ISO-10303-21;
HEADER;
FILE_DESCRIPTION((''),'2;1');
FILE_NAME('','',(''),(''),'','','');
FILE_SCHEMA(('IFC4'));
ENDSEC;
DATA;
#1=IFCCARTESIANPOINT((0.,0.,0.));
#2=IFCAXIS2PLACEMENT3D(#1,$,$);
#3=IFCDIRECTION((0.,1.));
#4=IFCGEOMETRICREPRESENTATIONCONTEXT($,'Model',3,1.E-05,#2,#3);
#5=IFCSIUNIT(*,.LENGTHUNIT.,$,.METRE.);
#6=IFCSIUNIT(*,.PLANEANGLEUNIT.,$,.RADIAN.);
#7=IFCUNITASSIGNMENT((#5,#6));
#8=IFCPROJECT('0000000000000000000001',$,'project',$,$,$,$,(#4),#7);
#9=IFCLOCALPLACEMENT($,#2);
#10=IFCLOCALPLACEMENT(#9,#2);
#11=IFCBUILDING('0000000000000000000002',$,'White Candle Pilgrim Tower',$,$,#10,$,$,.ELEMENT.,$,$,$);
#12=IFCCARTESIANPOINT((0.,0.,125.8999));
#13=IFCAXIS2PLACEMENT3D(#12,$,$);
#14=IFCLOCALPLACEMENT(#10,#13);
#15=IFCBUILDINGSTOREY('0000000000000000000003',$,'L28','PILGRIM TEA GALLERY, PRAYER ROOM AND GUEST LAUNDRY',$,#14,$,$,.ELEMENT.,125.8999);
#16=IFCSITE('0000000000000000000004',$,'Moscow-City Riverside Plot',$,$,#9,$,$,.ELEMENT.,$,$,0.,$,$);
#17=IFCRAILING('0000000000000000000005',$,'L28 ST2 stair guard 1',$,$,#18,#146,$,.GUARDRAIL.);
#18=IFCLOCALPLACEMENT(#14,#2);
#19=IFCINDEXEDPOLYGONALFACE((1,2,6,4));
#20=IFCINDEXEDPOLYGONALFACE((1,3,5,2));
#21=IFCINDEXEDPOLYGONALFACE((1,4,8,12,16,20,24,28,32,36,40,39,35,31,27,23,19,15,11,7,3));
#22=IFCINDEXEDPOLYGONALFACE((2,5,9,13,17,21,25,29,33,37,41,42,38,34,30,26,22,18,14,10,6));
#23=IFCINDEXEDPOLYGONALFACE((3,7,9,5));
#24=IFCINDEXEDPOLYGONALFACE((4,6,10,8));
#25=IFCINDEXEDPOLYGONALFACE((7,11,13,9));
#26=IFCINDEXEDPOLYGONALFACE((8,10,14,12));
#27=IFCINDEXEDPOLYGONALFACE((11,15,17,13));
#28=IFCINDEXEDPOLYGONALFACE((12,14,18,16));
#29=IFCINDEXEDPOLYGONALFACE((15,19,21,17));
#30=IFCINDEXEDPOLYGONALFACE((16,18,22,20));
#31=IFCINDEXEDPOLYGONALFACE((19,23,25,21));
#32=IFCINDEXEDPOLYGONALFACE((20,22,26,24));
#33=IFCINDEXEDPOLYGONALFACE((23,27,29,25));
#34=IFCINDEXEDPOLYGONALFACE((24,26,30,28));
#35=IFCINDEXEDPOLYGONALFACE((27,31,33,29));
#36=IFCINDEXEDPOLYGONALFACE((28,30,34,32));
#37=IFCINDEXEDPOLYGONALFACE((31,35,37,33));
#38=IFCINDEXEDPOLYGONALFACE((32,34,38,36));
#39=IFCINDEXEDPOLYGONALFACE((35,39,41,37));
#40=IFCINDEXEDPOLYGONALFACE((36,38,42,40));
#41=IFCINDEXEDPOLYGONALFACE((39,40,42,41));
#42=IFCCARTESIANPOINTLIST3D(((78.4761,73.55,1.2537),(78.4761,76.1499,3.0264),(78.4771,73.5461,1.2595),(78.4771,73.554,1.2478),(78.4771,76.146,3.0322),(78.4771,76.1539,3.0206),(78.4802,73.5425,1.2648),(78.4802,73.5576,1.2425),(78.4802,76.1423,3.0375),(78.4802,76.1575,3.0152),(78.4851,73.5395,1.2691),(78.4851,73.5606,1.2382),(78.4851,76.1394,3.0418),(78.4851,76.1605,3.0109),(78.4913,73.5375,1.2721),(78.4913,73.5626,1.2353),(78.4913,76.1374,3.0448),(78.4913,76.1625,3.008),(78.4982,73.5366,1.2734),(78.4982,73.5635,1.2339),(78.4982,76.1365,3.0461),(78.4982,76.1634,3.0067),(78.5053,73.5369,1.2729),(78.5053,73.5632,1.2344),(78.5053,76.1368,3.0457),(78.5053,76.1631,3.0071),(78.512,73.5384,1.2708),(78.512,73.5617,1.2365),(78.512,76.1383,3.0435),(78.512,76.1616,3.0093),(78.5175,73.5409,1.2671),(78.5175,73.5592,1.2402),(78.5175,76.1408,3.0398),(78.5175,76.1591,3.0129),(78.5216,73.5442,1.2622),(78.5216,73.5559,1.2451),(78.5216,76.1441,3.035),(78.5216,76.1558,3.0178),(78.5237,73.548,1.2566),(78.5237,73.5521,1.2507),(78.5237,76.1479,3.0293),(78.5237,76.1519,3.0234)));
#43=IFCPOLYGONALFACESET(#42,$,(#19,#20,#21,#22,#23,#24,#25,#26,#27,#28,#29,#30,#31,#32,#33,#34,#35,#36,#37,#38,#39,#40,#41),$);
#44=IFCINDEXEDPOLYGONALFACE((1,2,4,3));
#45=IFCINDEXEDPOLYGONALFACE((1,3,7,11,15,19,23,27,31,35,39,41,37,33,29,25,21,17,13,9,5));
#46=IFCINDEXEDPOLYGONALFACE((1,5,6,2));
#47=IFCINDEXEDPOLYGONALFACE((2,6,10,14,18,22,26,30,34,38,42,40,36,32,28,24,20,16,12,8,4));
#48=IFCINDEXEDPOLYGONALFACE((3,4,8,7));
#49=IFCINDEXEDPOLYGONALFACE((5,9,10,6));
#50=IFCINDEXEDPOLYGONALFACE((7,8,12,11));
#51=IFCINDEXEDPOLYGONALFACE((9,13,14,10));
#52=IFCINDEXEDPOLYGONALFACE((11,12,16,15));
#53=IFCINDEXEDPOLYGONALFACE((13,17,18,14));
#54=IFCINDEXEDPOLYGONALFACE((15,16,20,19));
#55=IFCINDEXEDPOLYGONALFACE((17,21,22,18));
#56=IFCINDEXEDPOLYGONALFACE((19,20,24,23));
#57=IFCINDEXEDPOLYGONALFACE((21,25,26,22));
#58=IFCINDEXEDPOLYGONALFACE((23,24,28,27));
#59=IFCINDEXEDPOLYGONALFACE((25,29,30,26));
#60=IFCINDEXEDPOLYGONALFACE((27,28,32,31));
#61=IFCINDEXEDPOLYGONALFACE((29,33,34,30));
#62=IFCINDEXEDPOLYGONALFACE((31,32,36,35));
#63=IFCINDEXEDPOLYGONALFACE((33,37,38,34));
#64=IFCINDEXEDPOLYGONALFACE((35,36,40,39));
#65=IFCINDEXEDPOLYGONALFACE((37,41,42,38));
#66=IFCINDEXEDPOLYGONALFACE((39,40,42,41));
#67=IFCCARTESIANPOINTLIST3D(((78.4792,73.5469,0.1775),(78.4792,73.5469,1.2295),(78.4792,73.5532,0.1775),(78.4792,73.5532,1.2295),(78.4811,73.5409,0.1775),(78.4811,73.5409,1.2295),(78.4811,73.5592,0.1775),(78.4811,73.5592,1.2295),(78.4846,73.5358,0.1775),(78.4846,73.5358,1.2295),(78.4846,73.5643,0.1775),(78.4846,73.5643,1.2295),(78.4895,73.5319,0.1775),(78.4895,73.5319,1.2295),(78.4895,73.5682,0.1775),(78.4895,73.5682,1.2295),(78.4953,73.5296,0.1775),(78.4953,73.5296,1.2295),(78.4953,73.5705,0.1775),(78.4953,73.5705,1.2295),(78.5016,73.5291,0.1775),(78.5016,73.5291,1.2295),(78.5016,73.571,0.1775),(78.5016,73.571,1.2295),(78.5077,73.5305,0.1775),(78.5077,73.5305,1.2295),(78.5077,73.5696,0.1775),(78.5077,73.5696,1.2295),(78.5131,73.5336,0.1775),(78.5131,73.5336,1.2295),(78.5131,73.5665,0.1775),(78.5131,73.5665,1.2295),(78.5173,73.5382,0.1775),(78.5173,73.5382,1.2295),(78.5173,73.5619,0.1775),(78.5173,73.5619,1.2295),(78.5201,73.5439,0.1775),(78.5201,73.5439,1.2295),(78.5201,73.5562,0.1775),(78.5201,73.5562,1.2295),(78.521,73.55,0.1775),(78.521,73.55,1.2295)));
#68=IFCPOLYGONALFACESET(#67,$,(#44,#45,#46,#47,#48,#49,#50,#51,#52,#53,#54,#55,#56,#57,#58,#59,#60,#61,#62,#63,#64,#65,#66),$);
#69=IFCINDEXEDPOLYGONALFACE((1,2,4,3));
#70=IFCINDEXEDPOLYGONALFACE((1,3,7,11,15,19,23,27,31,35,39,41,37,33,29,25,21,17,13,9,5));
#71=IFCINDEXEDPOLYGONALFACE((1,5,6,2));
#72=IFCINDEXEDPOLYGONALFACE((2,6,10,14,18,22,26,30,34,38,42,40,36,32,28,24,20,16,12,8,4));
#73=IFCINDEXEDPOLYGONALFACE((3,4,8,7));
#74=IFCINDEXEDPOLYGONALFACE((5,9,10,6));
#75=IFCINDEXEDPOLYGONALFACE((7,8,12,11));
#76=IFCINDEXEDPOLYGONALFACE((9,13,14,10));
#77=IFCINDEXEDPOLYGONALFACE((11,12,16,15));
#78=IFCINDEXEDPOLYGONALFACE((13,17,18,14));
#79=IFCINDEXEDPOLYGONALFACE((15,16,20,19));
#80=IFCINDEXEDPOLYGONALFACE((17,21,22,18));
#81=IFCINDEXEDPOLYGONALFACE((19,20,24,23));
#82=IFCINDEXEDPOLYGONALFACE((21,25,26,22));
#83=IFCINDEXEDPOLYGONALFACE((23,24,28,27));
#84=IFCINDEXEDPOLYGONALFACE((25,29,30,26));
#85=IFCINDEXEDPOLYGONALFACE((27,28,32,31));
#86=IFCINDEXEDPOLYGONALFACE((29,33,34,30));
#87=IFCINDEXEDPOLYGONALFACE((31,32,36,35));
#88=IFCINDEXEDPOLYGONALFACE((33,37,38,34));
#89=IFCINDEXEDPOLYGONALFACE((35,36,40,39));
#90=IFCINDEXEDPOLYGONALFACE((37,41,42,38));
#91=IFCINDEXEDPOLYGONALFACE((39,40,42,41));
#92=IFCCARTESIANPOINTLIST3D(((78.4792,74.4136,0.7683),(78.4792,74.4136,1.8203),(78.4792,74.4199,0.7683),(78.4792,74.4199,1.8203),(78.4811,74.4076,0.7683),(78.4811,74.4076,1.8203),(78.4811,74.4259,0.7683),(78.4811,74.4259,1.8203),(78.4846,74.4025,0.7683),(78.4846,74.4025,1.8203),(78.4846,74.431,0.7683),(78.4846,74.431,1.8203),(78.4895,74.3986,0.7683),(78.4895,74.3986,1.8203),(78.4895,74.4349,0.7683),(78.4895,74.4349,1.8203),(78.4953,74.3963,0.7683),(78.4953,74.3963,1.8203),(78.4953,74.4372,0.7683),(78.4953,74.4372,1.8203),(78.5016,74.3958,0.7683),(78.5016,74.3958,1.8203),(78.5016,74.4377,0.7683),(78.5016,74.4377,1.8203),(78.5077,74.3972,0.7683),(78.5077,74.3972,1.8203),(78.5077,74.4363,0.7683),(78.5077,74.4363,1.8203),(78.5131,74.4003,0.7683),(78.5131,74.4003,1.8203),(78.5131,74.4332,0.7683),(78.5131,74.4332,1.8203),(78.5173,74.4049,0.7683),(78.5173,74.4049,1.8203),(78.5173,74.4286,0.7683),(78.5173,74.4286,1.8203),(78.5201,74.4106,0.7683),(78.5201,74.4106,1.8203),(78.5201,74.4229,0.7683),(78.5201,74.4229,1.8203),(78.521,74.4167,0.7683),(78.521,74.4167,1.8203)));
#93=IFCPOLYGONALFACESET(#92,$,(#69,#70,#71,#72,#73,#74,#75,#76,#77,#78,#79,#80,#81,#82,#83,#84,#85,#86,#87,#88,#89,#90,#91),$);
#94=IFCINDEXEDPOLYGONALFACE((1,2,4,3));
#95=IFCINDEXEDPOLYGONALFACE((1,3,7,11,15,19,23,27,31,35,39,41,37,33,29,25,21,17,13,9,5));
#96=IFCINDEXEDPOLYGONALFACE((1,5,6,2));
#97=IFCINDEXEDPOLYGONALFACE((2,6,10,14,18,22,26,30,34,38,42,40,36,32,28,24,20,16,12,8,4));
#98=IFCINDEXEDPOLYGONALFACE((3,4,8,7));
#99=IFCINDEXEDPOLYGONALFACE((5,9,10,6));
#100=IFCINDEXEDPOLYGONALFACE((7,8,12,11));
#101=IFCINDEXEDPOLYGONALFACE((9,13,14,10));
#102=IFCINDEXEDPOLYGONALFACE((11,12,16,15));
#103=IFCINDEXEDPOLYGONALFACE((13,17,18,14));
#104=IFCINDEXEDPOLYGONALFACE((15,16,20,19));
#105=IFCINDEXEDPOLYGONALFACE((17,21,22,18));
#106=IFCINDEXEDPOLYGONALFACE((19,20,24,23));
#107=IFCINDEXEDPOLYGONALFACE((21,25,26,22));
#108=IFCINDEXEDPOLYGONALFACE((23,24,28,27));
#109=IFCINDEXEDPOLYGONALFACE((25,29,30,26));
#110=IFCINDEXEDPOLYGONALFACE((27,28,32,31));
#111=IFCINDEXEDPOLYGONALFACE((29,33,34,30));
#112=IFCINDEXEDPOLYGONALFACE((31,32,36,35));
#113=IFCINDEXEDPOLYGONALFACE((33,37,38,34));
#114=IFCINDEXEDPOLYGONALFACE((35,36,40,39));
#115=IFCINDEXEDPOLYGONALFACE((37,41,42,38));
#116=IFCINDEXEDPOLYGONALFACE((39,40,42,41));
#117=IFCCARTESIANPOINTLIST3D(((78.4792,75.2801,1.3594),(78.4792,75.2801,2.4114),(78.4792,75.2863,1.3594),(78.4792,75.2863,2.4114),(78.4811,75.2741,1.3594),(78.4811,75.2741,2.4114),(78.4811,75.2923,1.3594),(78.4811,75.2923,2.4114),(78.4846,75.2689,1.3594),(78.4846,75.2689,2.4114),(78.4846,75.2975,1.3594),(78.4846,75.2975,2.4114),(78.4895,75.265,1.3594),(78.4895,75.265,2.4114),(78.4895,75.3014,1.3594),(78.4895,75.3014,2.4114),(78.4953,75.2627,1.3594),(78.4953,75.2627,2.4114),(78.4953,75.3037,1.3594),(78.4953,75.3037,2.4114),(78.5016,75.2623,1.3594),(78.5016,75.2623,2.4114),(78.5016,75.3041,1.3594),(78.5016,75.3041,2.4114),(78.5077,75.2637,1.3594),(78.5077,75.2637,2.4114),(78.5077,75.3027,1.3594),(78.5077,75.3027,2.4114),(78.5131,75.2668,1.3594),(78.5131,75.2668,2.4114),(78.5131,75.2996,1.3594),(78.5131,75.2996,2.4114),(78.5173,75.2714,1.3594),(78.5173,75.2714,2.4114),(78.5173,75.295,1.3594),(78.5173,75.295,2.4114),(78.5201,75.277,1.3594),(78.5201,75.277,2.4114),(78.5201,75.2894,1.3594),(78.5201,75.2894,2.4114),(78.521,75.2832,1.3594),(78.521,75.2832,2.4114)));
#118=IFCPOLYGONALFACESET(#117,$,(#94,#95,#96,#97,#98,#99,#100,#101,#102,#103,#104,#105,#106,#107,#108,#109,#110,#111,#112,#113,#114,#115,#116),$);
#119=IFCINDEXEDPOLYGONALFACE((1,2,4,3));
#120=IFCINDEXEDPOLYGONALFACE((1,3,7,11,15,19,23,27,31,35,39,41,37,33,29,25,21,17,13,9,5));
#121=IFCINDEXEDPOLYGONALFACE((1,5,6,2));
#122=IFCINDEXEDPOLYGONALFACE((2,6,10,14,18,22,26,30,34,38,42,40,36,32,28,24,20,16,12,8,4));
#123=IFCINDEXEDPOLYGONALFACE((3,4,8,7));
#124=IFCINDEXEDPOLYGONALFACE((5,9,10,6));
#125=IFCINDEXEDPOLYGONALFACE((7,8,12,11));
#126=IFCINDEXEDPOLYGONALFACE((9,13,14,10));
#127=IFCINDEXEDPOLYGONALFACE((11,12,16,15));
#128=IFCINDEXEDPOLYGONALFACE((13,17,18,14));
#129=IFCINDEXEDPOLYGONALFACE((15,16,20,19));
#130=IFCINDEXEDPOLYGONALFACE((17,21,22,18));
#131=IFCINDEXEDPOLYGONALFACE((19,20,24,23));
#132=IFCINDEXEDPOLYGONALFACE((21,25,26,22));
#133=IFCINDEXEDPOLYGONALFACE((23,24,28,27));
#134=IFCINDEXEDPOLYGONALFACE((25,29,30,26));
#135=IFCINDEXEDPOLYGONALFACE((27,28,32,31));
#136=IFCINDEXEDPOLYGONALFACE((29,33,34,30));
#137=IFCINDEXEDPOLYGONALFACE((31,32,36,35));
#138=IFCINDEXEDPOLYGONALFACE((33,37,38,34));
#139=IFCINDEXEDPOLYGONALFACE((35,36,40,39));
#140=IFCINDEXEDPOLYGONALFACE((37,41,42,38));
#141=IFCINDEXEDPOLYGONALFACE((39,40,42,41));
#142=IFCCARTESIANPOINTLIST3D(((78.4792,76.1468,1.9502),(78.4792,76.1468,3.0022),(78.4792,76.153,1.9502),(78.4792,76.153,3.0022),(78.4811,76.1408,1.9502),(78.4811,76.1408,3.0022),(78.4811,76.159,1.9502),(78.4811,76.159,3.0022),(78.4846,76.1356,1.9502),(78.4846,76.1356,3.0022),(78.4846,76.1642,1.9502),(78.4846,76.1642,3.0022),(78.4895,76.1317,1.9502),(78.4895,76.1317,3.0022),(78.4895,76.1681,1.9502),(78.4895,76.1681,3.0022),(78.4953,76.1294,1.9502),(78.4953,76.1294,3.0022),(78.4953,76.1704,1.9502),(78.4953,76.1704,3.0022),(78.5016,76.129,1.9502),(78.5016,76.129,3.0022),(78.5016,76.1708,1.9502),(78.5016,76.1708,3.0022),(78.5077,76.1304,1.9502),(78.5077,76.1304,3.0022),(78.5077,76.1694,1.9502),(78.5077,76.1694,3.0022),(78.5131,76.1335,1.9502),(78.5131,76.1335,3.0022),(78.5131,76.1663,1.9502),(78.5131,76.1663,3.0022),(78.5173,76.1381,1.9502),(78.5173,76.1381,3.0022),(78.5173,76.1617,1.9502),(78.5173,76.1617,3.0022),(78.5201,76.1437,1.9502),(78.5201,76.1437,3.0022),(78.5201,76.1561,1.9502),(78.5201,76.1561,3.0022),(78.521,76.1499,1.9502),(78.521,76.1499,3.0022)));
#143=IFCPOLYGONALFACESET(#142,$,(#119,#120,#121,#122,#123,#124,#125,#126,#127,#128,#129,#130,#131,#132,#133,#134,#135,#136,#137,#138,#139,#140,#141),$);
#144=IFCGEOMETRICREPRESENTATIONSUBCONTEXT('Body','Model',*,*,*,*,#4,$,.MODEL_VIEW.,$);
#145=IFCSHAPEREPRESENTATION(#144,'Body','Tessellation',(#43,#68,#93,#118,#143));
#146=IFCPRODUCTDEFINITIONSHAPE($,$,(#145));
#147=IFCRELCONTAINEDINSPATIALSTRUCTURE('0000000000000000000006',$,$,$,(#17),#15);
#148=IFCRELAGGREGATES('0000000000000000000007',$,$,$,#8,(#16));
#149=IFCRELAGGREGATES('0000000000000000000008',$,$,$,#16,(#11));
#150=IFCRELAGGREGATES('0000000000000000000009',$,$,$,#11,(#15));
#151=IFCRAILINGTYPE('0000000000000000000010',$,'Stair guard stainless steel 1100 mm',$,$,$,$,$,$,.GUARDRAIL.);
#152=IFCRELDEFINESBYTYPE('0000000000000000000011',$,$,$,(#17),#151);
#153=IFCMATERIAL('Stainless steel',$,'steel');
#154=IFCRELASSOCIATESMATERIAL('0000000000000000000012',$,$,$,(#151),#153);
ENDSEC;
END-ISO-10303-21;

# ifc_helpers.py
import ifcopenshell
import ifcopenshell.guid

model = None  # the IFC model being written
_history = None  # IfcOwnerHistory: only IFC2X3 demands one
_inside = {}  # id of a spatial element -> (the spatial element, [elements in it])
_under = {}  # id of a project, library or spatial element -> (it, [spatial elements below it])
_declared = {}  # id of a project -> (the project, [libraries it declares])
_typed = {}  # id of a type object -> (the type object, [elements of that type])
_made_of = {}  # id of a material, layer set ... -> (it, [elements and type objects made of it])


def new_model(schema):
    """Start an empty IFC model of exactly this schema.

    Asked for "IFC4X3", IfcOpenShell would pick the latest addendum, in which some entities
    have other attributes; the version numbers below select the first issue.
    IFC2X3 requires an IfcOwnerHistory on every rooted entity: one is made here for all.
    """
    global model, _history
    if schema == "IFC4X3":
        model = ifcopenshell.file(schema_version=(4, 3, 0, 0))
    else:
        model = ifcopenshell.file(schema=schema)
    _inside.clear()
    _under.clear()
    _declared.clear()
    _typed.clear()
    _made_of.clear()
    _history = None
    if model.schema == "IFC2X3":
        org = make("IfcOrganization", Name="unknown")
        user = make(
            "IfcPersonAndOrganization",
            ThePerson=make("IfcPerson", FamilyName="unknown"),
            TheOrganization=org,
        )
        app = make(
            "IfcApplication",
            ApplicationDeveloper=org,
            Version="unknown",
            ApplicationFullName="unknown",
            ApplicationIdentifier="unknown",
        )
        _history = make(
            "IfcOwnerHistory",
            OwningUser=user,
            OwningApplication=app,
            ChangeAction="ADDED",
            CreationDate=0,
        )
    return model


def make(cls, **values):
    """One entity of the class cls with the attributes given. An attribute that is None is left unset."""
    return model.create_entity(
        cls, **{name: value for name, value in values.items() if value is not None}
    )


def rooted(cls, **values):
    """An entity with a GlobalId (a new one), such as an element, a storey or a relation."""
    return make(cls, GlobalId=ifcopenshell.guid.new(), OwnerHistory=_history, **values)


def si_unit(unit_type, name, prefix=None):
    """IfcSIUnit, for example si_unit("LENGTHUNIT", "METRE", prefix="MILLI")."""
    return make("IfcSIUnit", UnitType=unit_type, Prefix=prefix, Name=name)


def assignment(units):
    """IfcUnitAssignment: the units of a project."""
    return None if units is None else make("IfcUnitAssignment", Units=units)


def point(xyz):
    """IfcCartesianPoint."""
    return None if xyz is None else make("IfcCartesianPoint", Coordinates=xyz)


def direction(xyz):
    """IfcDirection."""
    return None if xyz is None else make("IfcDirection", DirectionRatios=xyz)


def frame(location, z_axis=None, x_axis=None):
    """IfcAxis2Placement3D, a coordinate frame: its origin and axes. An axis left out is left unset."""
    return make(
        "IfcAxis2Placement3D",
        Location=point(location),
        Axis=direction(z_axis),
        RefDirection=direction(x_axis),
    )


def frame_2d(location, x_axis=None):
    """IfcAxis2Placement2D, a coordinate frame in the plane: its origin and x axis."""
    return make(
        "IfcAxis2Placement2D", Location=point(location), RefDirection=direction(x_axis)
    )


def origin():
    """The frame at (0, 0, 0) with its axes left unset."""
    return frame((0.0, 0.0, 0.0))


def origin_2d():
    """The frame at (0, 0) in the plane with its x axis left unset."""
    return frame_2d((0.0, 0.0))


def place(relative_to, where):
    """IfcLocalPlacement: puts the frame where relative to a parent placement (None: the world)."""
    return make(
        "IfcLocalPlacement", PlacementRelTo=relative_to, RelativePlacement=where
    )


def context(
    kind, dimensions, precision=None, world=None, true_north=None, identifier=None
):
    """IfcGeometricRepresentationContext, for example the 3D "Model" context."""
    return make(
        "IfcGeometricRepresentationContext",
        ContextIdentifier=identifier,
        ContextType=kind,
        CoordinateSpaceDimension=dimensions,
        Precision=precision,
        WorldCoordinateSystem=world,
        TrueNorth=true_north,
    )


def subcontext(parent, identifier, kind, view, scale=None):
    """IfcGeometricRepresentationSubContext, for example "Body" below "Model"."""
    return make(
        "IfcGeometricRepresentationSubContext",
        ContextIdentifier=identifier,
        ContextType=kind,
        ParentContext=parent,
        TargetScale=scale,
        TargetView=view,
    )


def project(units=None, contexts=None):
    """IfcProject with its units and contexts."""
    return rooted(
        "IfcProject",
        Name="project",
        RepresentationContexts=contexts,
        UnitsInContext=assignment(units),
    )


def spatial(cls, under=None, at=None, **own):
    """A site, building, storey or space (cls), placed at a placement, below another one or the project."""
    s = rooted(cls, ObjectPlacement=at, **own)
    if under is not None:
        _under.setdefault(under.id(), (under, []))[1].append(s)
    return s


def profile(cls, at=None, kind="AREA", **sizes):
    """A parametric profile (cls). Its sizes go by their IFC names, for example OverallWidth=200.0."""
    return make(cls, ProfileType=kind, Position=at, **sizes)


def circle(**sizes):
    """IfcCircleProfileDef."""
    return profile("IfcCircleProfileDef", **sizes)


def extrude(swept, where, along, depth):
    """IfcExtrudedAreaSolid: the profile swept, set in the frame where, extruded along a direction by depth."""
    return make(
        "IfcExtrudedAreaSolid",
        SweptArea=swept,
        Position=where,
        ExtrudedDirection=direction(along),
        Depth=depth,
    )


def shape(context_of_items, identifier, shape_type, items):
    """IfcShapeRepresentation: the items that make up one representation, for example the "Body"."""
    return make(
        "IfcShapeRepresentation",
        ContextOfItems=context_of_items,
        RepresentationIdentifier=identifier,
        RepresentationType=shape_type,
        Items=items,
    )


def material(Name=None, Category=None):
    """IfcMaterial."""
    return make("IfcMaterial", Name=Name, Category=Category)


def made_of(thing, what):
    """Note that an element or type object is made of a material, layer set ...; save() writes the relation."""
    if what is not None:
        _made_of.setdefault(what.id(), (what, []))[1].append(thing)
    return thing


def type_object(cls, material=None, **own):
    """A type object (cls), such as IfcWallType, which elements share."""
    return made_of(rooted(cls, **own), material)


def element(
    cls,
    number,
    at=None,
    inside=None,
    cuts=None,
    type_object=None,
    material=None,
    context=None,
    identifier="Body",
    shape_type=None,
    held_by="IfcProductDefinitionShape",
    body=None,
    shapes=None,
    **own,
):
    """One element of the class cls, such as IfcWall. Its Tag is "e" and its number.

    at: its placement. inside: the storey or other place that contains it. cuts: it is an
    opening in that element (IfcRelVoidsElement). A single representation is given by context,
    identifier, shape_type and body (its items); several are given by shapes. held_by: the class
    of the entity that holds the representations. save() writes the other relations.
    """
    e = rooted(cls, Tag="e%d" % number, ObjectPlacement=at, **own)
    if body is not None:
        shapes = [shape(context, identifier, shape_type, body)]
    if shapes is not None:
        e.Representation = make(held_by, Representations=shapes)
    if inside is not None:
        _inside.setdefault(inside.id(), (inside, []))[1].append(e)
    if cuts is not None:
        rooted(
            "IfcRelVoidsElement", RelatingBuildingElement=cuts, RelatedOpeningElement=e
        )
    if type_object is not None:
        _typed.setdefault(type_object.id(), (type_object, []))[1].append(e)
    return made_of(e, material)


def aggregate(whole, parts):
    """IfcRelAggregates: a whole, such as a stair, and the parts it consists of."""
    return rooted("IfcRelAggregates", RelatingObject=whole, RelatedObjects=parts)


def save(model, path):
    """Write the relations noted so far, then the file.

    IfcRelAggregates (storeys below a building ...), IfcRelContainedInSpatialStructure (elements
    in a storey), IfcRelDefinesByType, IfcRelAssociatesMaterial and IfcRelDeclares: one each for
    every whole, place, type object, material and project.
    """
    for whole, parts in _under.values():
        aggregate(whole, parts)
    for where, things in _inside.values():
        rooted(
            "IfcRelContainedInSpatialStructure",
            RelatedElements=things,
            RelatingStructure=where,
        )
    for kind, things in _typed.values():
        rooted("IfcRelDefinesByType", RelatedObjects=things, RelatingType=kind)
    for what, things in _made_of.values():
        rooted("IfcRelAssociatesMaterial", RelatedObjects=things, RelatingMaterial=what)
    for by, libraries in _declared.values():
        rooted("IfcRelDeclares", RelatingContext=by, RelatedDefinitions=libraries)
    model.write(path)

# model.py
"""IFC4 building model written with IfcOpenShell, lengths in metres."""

from ifc_helpers import new_model, si_unit, direction, frame, origin, origin_2d, place, context, subcontext, project, spatial, circle, extrude, material, type_object, element, save


model = new_model("IFC4")

# Units and contexts
model_context = context("Model", 3, precision=1e-05, world=origin(), true_north=direction((0.0, 1.0)))
body_context = subcontext(model_context, "Body", "Model", "MODEL_VIEW")
ifc_project = project(units=[si_unit("LENGTHUNIT", "METRE"), si_unit("PLANEANGLEUNIT", "RADIAN")], contexts=[model_context])

# Site, building, storey
site_placement = place(None, origin())
site = spatial("IfcSite", under=ifc_project, at=site_placement, Name="Moscow-City Riverside Plot", CompositionType="ELEMENT", RefElevation=0.0)
building_placement = place(site_placement, origin())
building = spatial("IfcBuilding", under=site, at=building_placement, Name="White Candle Pilgrim Tower", CompositionType="ELEMENT")
storey_placement = place(building_placement, frame((0.0, 0.0, 125.8999)))
storey = spatial("IfcBuildingStorey", under=building, at=storey_placement, Name="L28", Description="PILGRIM TEA GALLERY, PRAYER ROOM AND GUEST LAUNDRY", CompositionType="ELEMENT", Elevation=125.8999)

# Railing
ifc_material_1 = material(Name="Stainless steel", Category="steel")
railing_type_1 = type_object("IfcRailingType", Name="Stair guard stainless steel 1100 mm", PredefinedType="GUARDRAIL", material=ifc_material_1)
railing_1_placement = place(storey_placement, frame((78.5, 73.55, 0.1775)))
element("IfcRailing", 1, at=railing_1_placement, inside=storey, type_object=railing_type_1, Name="L28 ST2 stair guard 1", PredefinedType="GUARDRAIL", context=body_context, shape_type="SweptSolid", body=[
    extrude(circle(Radius=0.0239, at=origin_2d()), frame((0.0, 0.0, 1.0762), z_axis=(0.0, 0.826216, 0.563354), x_axis=(-1.0, 0.0, 0.0)), (0.0, 0.0, 1.0), 3.1467),
    extrude(circle(Radius=0.021, at=origin_2d()), origin(), (0.0, 0.0, 1.0), 1.052),
    extrude(circle(Radius=0.021, at=origin_2d()), frame((0.0, 0.8667, 0.5908)), (0.0, 0.0, 1.0), 1.052),
    extrude(circle(Radius=0.021, at=origin_2d()), frame((0.0, 1.7332, 1.1819)), (0.0, 0.0, 1.0), 1.052),
    extrude(circle(Radius=0.021, at=origin_2d()), frame((0.0, 2.5999, 1.7727)), (0.0, 0.0, 1.0), 1.052),
])

save(model, "model.ifc")
